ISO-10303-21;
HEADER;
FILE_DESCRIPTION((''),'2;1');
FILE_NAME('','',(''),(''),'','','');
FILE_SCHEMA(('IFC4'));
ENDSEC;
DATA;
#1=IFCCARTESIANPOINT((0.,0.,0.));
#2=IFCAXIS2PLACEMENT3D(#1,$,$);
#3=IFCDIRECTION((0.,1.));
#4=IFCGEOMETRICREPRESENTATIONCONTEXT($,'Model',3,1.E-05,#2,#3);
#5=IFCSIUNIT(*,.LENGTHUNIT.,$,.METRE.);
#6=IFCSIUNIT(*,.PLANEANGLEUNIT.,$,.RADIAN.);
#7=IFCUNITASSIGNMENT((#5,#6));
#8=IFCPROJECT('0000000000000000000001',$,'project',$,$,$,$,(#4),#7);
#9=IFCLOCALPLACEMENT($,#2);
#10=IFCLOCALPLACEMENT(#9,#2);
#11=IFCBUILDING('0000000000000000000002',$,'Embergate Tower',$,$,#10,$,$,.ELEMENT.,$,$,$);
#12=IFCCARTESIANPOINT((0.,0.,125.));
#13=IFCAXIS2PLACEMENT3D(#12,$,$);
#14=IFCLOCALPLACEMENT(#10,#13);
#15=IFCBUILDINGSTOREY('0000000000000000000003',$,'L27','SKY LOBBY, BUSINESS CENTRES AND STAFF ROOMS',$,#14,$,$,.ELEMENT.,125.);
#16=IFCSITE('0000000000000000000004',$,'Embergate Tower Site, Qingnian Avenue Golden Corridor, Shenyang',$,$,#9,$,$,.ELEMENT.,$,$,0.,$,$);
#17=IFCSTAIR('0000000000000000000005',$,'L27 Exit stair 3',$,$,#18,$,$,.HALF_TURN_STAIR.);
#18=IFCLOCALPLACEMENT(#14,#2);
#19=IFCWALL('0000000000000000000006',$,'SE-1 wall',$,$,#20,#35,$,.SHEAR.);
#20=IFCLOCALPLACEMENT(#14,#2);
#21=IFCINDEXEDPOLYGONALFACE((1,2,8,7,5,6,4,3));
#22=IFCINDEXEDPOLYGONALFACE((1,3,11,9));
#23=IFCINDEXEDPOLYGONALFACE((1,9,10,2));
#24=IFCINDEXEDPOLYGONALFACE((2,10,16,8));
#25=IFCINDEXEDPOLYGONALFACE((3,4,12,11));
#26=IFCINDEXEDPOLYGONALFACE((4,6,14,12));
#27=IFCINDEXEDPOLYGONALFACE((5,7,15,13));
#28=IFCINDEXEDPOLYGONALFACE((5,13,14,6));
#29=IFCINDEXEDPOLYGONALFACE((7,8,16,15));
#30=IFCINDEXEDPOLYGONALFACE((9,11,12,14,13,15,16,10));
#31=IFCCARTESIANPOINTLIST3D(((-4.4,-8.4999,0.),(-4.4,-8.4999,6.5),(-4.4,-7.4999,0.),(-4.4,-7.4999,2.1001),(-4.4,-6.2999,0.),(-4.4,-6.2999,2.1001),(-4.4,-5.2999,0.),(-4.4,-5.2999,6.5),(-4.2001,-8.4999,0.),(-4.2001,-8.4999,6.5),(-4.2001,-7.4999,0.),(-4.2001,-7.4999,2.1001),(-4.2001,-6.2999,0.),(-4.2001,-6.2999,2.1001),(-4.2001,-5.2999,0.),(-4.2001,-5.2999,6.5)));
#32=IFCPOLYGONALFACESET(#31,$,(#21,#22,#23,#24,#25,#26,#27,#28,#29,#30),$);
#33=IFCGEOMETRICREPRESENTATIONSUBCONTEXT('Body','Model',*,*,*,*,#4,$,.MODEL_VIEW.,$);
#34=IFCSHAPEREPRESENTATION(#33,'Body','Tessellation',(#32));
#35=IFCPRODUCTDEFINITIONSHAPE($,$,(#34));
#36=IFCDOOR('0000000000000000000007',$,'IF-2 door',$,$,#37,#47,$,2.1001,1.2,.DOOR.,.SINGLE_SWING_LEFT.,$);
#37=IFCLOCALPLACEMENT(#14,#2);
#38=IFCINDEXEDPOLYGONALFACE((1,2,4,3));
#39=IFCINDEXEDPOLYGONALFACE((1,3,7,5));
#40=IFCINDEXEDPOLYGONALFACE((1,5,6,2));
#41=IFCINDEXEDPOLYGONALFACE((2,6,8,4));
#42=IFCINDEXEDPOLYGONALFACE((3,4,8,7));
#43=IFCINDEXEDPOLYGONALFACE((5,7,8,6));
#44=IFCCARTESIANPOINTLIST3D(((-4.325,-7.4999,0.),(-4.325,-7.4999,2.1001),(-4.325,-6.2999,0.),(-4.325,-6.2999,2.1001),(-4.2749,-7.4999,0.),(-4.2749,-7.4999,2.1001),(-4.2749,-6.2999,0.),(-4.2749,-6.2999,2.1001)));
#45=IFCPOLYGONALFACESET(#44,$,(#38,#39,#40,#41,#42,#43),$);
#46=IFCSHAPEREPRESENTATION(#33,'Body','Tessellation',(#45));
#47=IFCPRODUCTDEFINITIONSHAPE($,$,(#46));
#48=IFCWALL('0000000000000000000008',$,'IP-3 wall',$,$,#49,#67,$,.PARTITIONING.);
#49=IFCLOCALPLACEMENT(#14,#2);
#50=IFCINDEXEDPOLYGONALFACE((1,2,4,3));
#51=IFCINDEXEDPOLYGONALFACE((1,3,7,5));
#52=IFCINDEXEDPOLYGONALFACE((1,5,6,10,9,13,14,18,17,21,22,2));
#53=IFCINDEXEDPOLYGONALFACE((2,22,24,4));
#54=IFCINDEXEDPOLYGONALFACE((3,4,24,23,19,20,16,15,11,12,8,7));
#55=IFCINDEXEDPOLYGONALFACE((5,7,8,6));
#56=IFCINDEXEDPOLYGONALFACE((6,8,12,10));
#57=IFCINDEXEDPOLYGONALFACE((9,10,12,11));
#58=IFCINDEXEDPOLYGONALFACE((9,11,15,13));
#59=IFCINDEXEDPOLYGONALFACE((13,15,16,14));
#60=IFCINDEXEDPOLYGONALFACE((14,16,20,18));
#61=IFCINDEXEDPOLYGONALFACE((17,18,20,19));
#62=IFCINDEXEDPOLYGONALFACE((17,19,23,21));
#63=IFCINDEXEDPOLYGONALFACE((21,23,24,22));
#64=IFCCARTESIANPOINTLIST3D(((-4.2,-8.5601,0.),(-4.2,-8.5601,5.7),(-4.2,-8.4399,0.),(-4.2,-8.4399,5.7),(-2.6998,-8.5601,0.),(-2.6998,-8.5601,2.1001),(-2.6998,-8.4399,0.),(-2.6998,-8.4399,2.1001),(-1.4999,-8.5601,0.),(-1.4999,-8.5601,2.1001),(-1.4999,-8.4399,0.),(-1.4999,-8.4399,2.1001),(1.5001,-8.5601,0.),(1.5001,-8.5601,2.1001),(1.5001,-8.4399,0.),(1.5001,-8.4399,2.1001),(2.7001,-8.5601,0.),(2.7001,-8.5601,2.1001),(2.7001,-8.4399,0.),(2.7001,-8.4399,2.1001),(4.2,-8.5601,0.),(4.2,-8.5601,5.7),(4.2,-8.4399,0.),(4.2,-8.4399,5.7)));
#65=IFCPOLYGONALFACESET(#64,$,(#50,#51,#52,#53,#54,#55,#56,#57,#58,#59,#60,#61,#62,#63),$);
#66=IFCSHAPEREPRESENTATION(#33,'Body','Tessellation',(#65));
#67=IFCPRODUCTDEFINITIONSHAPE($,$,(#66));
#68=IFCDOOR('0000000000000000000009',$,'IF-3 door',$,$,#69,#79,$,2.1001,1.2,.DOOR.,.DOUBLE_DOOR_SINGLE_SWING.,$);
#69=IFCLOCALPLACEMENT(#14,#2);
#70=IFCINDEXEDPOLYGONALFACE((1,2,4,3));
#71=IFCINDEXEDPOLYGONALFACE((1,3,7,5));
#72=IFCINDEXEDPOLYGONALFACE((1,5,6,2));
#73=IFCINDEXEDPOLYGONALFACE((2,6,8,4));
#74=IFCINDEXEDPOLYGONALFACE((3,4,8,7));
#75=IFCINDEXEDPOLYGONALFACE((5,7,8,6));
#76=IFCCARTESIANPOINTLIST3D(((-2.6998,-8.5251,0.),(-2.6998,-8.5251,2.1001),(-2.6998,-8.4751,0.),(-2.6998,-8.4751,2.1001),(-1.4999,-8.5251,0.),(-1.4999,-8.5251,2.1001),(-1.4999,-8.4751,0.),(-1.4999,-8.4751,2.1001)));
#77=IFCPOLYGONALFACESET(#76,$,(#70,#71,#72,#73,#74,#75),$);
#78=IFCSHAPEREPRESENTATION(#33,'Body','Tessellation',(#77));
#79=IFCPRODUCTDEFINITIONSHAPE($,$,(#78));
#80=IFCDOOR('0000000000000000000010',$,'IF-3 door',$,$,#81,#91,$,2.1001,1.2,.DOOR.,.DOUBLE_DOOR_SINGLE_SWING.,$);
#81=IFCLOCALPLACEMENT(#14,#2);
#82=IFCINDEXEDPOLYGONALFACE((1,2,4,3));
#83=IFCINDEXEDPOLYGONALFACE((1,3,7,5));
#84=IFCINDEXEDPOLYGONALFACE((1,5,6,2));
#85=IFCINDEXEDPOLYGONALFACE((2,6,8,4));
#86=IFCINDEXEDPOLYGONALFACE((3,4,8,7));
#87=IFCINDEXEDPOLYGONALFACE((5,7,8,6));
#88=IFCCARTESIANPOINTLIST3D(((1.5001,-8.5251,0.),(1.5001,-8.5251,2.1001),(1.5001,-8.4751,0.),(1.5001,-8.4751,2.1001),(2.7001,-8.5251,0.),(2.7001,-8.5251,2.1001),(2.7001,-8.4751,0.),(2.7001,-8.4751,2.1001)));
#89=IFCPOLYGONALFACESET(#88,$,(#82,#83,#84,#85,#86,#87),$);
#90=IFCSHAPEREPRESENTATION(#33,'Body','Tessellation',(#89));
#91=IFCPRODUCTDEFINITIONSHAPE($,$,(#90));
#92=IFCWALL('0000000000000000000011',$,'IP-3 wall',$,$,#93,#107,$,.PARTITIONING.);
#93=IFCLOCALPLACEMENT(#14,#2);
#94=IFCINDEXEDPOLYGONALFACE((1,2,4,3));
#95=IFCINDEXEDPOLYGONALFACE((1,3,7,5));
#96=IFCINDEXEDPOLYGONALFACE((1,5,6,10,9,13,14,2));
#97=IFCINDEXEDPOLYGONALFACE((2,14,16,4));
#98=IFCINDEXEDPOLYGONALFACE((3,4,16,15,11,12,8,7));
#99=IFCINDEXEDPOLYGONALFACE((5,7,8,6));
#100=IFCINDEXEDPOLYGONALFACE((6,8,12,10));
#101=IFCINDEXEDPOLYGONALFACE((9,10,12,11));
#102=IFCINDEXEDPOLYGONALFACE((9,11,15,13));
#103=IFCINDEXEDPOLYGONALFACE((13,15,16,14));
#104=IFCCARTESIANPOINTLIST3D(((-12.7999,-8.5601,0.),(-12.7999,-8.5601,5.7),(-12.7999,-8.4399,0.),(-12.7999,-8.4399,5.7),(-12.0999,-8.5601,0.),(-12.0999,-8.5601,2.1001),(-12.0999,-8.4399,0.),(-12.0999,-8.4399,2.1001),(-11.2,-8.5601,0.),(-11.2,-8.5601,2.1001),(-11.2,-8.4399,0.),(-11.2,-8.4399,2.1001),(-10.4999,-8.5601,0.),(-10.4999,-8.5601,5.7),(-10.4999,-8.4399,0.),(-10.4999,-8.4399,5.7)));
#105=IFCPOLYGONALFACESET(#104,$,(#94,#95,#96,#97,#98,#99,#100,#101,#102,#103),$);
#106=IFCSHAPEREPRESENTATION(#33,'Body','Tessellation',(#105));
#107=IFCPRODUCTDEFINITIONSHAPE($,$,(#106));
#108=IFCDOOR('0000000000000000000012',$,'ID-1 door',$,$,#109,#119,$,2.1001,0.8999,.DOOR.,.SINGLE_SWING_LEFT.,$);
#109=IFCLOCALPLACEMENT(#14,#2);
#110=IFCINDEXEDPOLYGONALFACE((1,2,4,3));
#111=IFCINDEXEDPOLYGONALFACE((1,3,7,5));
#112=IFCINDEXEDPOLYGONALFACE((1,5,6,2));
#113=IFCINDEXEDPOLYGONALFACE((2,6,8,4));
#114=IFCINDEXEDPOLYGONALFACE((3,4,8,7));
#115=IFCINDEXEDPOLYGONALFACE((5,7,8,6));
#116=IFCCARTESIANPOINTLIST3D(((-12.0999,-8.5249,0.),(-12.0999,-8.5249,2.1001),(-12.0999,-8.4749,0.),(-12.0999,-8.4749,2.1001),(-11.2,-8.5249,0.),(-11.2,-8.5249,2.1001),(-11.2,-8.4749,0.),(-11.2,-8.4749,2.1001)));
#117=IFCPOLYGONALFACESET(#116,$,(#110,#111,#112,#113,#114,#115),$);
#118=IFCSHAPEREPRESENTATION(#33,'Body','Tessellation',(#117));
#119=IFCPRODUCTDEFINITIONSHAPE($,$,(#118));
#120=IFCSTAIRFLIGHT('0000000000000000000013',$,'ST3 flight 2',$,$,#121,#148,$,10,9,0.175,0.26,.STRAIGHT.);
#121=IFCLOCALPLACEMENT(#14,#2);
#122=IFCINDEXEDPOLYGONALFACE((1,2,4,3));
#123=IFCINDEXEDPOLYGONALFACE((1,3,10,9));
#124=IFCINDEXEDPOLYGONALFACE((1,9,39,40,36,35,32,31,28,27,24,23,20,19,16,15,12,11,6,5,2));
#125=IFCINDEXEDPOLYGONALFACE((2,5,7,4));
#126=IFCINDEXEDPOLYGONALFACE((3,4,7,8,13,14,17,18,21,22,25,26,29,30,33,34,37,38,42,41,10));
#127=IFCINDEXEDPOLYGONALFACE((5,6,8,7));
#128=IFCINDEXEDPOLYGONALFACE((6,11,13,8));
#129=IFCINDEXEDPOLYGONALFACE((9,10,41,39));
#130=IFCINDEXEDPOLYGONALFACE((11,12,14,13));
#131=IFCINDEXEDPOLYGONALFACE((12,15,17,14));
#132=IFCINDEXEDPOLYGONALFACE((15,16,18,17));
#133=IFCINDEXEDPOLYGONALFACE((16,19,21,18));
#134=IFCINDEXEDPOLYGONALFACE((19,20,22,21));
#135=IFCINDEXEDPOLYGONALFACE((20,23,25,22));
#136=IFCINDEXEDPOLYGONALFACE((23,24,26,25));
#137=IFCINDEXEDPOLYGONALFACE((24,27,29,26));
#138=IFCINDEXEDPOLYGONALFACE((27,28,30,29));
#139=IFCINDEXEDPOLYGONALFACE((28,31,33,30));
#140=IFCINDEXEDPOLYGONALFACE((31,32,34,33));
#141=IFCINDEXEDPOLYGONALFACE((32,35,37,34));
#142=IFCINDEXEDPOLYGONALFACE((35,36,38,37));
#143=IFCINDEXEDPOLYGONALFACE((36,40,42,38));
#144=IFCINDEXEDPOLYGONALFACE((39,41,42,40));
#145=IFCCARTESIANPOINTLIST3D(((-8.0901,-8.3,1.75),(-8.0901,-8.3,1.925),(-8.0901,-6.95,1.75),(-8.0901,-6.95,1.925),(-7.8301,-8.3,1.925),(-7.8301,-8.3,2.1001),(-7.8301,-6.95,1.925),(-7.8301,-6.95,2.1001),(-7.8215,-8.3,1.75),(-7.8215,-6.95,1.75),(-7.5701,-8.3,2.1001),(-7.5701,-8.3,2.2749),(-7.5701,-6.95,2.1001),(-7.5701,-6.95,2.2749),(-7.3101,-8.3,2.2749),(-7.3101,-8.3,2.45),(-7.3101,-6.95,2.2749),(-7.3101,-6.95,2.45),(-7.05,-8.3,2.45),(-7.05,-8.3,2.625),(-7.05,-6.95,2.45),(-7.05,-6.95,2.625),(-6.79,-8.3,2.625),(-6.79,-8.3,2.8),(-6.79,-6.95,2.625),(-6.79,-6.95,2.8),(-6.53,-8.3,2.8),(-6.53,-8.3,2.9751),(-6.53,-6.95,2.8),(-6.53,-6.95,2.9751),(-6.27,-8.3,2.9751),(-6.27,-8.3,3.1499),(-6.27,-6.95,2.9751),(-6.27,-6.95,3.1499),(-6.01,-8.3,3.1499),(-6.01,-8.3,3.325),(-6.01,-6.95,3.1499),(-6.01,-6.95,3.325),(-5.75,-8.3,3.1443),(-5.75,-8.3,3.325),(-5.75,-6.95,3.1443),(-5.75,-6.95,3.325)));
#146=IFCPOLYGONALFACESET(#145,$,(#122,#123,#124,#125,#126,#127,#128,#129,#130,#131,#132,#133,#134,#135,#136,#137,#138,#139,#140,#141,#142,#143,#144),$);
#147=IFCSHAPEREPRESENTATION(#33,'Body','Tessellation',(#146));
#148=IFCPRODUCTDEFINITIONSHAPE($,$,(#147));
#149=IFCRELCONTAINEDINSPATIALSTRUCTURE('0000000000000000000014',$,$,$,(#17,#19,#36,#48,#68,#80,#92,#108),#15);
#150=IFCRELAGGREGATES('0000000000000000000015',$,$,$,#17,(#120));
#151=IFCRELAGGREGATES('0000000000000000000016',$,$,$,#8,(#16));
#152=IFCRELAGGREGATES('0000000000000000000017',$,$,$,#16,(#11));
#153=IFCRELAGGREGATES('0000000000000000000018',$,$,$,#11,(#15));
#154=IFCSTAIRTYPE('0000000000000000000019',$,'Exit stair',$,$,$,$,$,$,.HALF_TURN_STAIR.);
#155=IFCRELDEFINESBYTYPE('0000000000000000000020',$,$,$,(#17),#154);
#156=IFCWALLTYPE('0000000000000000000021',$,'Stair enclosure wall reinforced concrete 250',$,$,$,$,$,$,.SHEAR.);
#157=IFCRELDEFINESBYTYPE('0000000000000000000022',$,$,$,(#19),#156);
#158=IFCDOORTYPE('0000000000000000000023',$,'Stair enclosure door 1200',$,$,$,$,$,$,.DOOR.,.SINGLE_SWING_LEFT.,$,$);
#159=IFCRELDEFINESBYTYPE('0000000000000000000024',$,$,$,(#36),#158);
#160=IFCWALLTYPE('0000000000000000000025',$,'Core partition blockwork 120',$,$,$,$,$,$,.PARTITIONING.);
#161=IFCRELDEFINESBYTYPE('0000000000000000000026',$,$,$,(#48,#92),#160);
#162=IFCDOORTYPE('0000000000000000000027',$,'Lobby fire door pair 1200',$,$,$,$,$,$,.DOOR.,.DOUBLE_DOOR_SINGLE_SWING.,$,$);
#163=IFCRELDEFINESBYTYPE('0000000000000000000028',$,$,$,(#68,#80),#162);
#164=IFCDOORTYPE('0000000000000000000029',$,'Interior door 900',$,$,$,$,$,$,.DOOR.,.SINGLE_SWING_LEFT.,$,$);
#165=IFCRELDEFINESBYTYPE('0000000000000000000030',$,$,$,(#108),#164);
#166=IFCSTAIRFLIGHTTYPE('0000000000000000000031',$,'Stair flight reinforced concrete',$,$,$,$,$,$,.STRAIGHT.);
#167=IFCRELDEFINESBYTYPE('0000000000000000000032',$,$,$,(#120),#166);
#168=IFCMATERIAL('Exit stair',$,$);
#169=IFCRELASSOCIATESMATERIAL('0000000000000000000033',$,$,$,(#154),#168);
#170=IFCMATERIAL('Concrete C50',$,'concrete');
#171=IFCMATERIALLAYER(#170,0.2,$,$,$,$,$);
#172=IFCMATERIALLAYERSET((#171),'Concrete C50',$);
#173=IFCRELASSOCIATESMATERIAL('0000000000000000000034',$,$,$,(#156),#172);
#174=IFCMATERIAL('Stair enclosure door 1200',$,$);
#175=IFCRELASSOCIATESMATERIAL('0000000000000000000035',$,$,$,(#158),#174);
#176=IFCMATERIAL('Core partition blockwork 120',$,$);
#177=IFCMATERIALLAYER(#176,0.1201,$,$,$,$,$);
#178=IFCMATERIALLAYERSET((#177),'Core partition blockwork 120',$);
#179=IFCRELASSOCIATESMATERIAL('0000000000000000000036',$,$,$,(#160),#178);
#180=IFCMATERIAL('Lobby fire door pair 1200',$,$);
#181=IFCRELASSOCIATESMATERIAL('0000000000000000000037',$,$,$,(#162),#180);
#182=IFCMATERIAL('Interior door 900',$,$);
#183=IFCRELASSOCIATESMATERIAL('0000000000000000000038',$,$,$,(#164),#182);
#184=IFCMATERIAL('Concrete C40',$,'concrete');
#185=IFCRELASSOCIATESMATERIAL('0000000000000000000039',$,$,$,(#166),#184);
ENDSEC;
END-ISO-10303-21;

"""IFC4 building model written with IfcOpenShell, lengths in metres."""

from ifc_helpers import new_model, si_unit, direction, frame, frame_2d, origin, place, context, subcontext, project, spatial, polyline, rectangle, outline, extrude, source, transform, mapped, material, layer, layer_set, type_object, element, fill, aggregate, save


model = new_model("IFC4")

# Units and contexts
model_context = context("Model", 3, precision=1e-05, world=origin(), true_north=direction((0.0, 1.0)))
body_context = subcontext(model_context, "Body", "Model", "MODEL_VIEW")
ifc_project = project(units=[si_unit("LENGTHUNIT", "METRE"), si_unit("PLANEANGLEUNIT", "RADIAN")], contexts=[model_context])

# Site, building, storey
site_placement = place(None, origin())
site = spatial("IfcSite", under=ifc_project, at=site_placement, Name="Embergate Tower Site, Qingnian Avenue Golden Corridor, Shenyang", CompositionType="ELEMENT", RefElevation=0.0)
building_placement = place(site_placement, origin())
building = spatial("IfcBuilding", under=site, at=building_placement, Name="Embergate Tower", CompositionType="ELEMENT")
storey_placement = place(building_placement, frame((0.0, 0.0, 125.0)))
storey = spatial("IfcBuildingStorey", under=building, at=storey_placement, Name="L27", Description="SKY LOBBY, BUSINESS CENTRES AND STAFF ROOMS", CompositionType="ELEMENT", Elevation=125.0)

# Stair
ifc_material_1 = material(Name="Exit stair")
stair_type = type_object("IfcStairType", Name="Exit stair", PredefinedType="HALF_TURN_STAIR", material=ifc_material_1)
stair_placement = place(storey_placement, origin())
stair = element("IfcStair", 1, at=stair_placement, inside=storey, type_object=stair_type, Name="L27 Exit stair 3", PredefinedType="HALF_TURN_STAIR")
ifc_material_2 = material(Name="Concrete C40", Category="concrete")

# Shared definitions
ifc_material_3 = material(Name="Concrete C50", Category="concrete")
ifc_layer_1 = layer(ifc_material_3, 0.2)
ifc_layer_set_1 = layer_set([ifc_layer_1], Name="Concrete C50")
wall_type_1 = type_object("IfcWallType", Name="Stair enclosure wall reinforced concrete 250", PredefinedType="SHEAR", material=ifc_layer_set_1)

# Wall, opening, door
shared_shape_1 = source(origin(), body_context, "Body", "SweptSolid", [
    extrude(rectangle(XDim=3.2, YDim=0.2, at=frame_2d((1.6001, 0.0))), origin(), (0.0, 0.0, 1.0), 6.5),
])
wall_1_placement = place(storey_placement, frame((-4.3, -8.5, 0.0), z_axis=(0.0, 0.0, 1.0), x_axis=(0.0, 1.0, 0.0)))
wall_1 = element("IfcWall", 2, at=wall_1_placement, inside=storey, type_object=wall_type_1, Name="SE-1 wall", PredefinedType="SHEAR", context=body_context, shape_type="MappedRepresentation", body=[
    mapped(shared_shape_1, transform((0.0, 0.0, 0.0))),
])
shared_shape_2 = source(origin(), body_context, "Body", "SweptSolid", [
    extrude(rectangle(XDim=1.2, YDim=2.1001, at=frame_2d((0.6001, 1.05))), frame((0.0, 0.1099, 0.0), z_axis=(0.0, -1.0, 0.0), x_axis=(1.0, 0.0, 0.0)), (0.0, 0.0, 1.0), 0.22),
])
opening_1_placement = place(wall_1_placement, frame((1.0, 0.0, 0.0)))
opening_1 = element("IfcOpeningElement", 3, at=opening_1_placement, cuts=wall_1, PredefinedType="OPENING", context=body_context, shape_type="MappedRepresentation", body=[
    mapped(shared_shape_2, transform((0.0, 0.0, 0.0))),
])
ifc_material_4 = material(Name="Stair enclosure door 1200")
door_type_1 = type_object("IfcDoorType", Name="Stair enclosure door 1200", OperationType="SINGLE_SWING_LEFT", PredefinedType="DOOR", material=ifc_material_4)
shared_shape_3 = source(origin(), body_context, "Body", "SweptSolid", [
    extrude(rectangle(XDim=1.2, YDim=2.1001, at=frame_2d((0.6001, 1.05))), frame((0.0, 0.0249, 0.0), z_axis=(0.0, -1.0, 0.0), x_axis=(1.0, 0.0, 0.0)), (0.0, 0.0, 1.0), 0.05),
])
door_1_placement = place(opening_1_placement, origin())
door_1 = element("IfcDoor", 4, at=door_1_placement, inside=storey, type_object=door_type_1, Name="IF-2 door", OperationType="SINGLE_SWING_LEFT", OverallHeight=2.1001, OverallWidth=1.2, PredefinedType="DOOR", context=body_context, shape_type="MappedRepresentation", body=[
    mapped(shared_shape_3, transform((0.0, 0.0, 0.0))),
])
fill(opening_1, door_1)

# Wall, openings, doors
ifc_material_5 = material(Name="Core partition blockwork 120")
ifc_layer_2 = layer(ifc_material_5, 0.1201)
ifc_layer_set_2 = layer_set([ifc_layer_2], Name="Core partition blockwork 120")
wall_type_2 = type_object("IfcWallType", Name="Core partition blockwork 120", PredefinedType="PARTITIONING", material=ifc_layer_set_2)
shared_shape_4 = source(origin(), body_context, "Body", "SweptSolid", [
    extrude(rectangle(XDim=8.3999, YDim=0.1201, at=frame_2d((4.2, 0.0))), origin(), (0.0, 0.0, 1.0), 5.7),
])
wall_2_placement = place(storey_placement, frame((-4.2, -8.5, 0.0), z_axis=(0.0, 0.0, 1.0), x_axis=(1.0, 0.0, 0.0)))
wall_2 = element("IfcWall", 5, at=wall_2_placement, inside=storey, type_object=wall_type_2, Name="IP-3 wall", PredefinedType="PARTITIONING", context=body_context, shape_type="MappedRepresentation", body=[
    mapped(shared_shape_4, transform((0.0, 0.0, 0.0))),
])
shared_shape_5 = source(origin(), body_context, "Body", "SweptSolid", [
    extrude(rectangle(XDim=1.2, YDim=2.1001, at=frame_2d((0.6001, 1.05))), frame((0.0, 0.0701, 0.0), z_axis=(0.0, -1.0, 0.0), x_axis=(1.0, 0.0, 0.0)), (0.0, 0.0, 1.0), 0.1401),
])
opening_2_placement = place(wall_2_placement, frame((1.5, 0.0, 0.0)))
opening_2 = element("IfcOpeningElement", 6, at=opening_2_placement, cuts=wall_2, PredefinedType="OPENING", context=body_context, shape_type="MappedRepresentation", body=[
    mapped(shared_shape_5, transform((0.0, 0.0, 0.0))),
])
opening_3_placement = place(wall_2_placement, frame((5.7, 0.0, 0.0)))
opening_3 = element("IfcOpeningElement", 7, at=opening_3_placement, cuts=wall_2, PredefinedType="OPENING", context=body_context, shape_type="MappedRepresentation", body=[
    mapped(shared_shape_5, transform((0.0, 0.0, 0.0))),
])
ifc_material_6 = material(Name="Lobby fire door pair 1200")
door_type_2 = type_object("IfcDoorType", Name="Lobby fire door pair 1200", OperationType="DOUBLE_DOOR_SINGLE_SWING", PredefinedType="DOOR", material=ifc_material_6)
door_2_placement = place(opening_2_placement, origin())
door_2 = element("IfcDoor", 8, at=door_2_placement, inside=storey, type_object=door_type_2, Name="IF-3 door", OperationType="DOUBLE_DOOR_SINGLE_SWING", OverallHeight=2.1001, OverallWidth=1.2, PredefinedType="DOOR", context=body_context, shape_type="MappedRepresentation", body=[
    mapped(shared_shape_3, transform((0.0, 0.0, 0.0))),
])
fill(opening_2, door_2)
door_3_placement = place(opening_3_placement, origin())
door_3 = element("IfcDoor", 9, at=door_3_placement, inside=storey, type_object=door_type_2, Name="IF-3 door", OperationType="DOUBLE_DOOR_SINGLE_SWING", OverallHeight=2.1001, OverallWidth=1.2, PredefinedType="DOOR", context=body_context, shape_type="MappedRepresentation", body=[
    mapped(shared_shape_3, transform((0.0, 0.0, 0.0))),
])
fill(opening_3, door_3)

# Wall, opening, door
shared_shape_6 = source(origin(), body_context, "Body", "SweptSolid", [
    extrude(rectangle(XDim=2.3, YDim=0.1201, at=frame_2d((1.1499, 0.0))), origin(), (0.0, 0.0, 1.0), 5.7),
])
wall_3_placement = place(storey_placement, frame((-10.5, -8.5, 0.0), z_axis=(0.0, 0.0, 1.0), x_axis=(-1.0, 0.0, 0.0)))
wall_3 = element("IfcWall", 10, at=wall_3_placement, inside=storey, type_object=wall_type_2, Name="IP-3 wall", PredefinedType="PARTITIONING", context=body_context, shape_type="MappedRepresentation", body=[
    mapped(shared_shape_6, transform((0.0, 0.0, 0.0))),
])
shared_shape_7 = source(origin(), body_context, "Body", "SweptSolid", [
    extrude(rectangle(XDim=0.8999, YDim=2.1001, at=frame_2d((0.45, 1.05))), frame((0.0, 0.0701, 0.0), z_axis=(0.0, -1.0, 0.0), x_axis=(1.0, 0.0, 0.0)), (0.0, 0.0, 1.0), 0.1401),
])
opening_4_placement = place(wall_3_placement, frame((0.7, 0.0, 0.0)))
opening_4 = element("IfcOpeningElement", 11, at=opening_4_placement, cuts=wall_3, PredefinedType="OPENING", context=body_context, shape_type="MappedRepresentation", body=[
    mapped(shared_shape_7, transform((0.0, 0.0, 0.0))),
])
ifc_material_7 = material(Name="Interior door 900")
door_type_3 = type_object("IfcDoorType", Name="Interior door 900", OperationType="SINGLE_SWING_LEFT", PredefinedType="DOOR", material=ifc_material_7)
shared_shape_8 = source(origin(), body_context, "Body", "SweptSolid", [
    extrude(rectangle(XDim=0.8999, YDim=2.1001, at=frame_2d((0.45, 1.05))), frame((0.0, 0.0249, 0.0), z_axis=(0.0, -1.0, 0.0), x_axis=(1.0, 0.0, 0.0)), (0.0, 0.0, 1.0), 0.05),
])
door_4_placement = place(opening_4_placement, origin())
door_4 = element("IfcDoor", 12, at=door_4_placement, inside=storey, type_object=door_type_3, Name="ID-1 door", OperationType="SINGLE_SWING_LEFT", OverallHeight=2.1001, OverallWidth=0.8999, PredefinedType="DOOR", context=body_context, shape_type="MappedRepresentation", body=[
    mapped(shared_shape_8, transform((0.0, 0.0, 0.0))),
])
fill(opening_4, door_4)

# Stair flight
stair_flight_type = type_object("IfcStairFlightType", Name="Stair flight reinforced concrete", PredefinedType="STRAIGHT", material=ifc_material_2)
shared_shape_9 = source(origin(), body_context, "Body", "SweptSolid", [
    extrude(outline(polyline([(0.0, 0.0), (0.0, 0.175), (0.26, 0.175), (0.26, 0.3501), (0.52, 0.3501), (0.52, 0.5249), (0.78, 0.5249), (0.78, 0.7), (1.04, 0.7), (1.04, 0.875), (1.3, 0.875), (1.3, 1.05), (1.5601, 1.05), (1.5601, 1.2251), (1.8201, 1.2251), (1.8201, 1.3999), (2.0801, 1.3999), (2.0801, 1.575), (2.3401, 1.575), (2.3401, 1.75), (2.3401, 1.3943), (0.2686, 0.0), (0.0, 0.0)])), frame((0.0, 0.675, 0.0), z_axis=(0.0, -1.0, 0.0), x_axis=(1.0, 0.0, 0.0)), (0.0, 0.0, 1.0), 1.3501),
])
stair_flight_1_placement = place(storey_placement, frame((-8.0901, -7.625, 1.75), z_axis=(0.0, 0.0, 1.0), x_axis=(1.0, 0.0, 0.0)))
stair_flight_1 = element("IfcStairFlight", 13, at=stair_flight_1_placement, type_object=stair_flight_type, Name="ST3 flight 2", NumberOfRisers=10, NumberOfTreads=9, PredefinedType="STRAIGHT", RiserHeight=0.175, TreadLength=0.26, context=body_context, shape_type="MappedRepresentation", body=[
    mapped(shared_shape_9, transform((0.0, 0.0, 0.0))),
])
aggregate(stair, [stair_flight_1])

save(model, "model.ifc")
